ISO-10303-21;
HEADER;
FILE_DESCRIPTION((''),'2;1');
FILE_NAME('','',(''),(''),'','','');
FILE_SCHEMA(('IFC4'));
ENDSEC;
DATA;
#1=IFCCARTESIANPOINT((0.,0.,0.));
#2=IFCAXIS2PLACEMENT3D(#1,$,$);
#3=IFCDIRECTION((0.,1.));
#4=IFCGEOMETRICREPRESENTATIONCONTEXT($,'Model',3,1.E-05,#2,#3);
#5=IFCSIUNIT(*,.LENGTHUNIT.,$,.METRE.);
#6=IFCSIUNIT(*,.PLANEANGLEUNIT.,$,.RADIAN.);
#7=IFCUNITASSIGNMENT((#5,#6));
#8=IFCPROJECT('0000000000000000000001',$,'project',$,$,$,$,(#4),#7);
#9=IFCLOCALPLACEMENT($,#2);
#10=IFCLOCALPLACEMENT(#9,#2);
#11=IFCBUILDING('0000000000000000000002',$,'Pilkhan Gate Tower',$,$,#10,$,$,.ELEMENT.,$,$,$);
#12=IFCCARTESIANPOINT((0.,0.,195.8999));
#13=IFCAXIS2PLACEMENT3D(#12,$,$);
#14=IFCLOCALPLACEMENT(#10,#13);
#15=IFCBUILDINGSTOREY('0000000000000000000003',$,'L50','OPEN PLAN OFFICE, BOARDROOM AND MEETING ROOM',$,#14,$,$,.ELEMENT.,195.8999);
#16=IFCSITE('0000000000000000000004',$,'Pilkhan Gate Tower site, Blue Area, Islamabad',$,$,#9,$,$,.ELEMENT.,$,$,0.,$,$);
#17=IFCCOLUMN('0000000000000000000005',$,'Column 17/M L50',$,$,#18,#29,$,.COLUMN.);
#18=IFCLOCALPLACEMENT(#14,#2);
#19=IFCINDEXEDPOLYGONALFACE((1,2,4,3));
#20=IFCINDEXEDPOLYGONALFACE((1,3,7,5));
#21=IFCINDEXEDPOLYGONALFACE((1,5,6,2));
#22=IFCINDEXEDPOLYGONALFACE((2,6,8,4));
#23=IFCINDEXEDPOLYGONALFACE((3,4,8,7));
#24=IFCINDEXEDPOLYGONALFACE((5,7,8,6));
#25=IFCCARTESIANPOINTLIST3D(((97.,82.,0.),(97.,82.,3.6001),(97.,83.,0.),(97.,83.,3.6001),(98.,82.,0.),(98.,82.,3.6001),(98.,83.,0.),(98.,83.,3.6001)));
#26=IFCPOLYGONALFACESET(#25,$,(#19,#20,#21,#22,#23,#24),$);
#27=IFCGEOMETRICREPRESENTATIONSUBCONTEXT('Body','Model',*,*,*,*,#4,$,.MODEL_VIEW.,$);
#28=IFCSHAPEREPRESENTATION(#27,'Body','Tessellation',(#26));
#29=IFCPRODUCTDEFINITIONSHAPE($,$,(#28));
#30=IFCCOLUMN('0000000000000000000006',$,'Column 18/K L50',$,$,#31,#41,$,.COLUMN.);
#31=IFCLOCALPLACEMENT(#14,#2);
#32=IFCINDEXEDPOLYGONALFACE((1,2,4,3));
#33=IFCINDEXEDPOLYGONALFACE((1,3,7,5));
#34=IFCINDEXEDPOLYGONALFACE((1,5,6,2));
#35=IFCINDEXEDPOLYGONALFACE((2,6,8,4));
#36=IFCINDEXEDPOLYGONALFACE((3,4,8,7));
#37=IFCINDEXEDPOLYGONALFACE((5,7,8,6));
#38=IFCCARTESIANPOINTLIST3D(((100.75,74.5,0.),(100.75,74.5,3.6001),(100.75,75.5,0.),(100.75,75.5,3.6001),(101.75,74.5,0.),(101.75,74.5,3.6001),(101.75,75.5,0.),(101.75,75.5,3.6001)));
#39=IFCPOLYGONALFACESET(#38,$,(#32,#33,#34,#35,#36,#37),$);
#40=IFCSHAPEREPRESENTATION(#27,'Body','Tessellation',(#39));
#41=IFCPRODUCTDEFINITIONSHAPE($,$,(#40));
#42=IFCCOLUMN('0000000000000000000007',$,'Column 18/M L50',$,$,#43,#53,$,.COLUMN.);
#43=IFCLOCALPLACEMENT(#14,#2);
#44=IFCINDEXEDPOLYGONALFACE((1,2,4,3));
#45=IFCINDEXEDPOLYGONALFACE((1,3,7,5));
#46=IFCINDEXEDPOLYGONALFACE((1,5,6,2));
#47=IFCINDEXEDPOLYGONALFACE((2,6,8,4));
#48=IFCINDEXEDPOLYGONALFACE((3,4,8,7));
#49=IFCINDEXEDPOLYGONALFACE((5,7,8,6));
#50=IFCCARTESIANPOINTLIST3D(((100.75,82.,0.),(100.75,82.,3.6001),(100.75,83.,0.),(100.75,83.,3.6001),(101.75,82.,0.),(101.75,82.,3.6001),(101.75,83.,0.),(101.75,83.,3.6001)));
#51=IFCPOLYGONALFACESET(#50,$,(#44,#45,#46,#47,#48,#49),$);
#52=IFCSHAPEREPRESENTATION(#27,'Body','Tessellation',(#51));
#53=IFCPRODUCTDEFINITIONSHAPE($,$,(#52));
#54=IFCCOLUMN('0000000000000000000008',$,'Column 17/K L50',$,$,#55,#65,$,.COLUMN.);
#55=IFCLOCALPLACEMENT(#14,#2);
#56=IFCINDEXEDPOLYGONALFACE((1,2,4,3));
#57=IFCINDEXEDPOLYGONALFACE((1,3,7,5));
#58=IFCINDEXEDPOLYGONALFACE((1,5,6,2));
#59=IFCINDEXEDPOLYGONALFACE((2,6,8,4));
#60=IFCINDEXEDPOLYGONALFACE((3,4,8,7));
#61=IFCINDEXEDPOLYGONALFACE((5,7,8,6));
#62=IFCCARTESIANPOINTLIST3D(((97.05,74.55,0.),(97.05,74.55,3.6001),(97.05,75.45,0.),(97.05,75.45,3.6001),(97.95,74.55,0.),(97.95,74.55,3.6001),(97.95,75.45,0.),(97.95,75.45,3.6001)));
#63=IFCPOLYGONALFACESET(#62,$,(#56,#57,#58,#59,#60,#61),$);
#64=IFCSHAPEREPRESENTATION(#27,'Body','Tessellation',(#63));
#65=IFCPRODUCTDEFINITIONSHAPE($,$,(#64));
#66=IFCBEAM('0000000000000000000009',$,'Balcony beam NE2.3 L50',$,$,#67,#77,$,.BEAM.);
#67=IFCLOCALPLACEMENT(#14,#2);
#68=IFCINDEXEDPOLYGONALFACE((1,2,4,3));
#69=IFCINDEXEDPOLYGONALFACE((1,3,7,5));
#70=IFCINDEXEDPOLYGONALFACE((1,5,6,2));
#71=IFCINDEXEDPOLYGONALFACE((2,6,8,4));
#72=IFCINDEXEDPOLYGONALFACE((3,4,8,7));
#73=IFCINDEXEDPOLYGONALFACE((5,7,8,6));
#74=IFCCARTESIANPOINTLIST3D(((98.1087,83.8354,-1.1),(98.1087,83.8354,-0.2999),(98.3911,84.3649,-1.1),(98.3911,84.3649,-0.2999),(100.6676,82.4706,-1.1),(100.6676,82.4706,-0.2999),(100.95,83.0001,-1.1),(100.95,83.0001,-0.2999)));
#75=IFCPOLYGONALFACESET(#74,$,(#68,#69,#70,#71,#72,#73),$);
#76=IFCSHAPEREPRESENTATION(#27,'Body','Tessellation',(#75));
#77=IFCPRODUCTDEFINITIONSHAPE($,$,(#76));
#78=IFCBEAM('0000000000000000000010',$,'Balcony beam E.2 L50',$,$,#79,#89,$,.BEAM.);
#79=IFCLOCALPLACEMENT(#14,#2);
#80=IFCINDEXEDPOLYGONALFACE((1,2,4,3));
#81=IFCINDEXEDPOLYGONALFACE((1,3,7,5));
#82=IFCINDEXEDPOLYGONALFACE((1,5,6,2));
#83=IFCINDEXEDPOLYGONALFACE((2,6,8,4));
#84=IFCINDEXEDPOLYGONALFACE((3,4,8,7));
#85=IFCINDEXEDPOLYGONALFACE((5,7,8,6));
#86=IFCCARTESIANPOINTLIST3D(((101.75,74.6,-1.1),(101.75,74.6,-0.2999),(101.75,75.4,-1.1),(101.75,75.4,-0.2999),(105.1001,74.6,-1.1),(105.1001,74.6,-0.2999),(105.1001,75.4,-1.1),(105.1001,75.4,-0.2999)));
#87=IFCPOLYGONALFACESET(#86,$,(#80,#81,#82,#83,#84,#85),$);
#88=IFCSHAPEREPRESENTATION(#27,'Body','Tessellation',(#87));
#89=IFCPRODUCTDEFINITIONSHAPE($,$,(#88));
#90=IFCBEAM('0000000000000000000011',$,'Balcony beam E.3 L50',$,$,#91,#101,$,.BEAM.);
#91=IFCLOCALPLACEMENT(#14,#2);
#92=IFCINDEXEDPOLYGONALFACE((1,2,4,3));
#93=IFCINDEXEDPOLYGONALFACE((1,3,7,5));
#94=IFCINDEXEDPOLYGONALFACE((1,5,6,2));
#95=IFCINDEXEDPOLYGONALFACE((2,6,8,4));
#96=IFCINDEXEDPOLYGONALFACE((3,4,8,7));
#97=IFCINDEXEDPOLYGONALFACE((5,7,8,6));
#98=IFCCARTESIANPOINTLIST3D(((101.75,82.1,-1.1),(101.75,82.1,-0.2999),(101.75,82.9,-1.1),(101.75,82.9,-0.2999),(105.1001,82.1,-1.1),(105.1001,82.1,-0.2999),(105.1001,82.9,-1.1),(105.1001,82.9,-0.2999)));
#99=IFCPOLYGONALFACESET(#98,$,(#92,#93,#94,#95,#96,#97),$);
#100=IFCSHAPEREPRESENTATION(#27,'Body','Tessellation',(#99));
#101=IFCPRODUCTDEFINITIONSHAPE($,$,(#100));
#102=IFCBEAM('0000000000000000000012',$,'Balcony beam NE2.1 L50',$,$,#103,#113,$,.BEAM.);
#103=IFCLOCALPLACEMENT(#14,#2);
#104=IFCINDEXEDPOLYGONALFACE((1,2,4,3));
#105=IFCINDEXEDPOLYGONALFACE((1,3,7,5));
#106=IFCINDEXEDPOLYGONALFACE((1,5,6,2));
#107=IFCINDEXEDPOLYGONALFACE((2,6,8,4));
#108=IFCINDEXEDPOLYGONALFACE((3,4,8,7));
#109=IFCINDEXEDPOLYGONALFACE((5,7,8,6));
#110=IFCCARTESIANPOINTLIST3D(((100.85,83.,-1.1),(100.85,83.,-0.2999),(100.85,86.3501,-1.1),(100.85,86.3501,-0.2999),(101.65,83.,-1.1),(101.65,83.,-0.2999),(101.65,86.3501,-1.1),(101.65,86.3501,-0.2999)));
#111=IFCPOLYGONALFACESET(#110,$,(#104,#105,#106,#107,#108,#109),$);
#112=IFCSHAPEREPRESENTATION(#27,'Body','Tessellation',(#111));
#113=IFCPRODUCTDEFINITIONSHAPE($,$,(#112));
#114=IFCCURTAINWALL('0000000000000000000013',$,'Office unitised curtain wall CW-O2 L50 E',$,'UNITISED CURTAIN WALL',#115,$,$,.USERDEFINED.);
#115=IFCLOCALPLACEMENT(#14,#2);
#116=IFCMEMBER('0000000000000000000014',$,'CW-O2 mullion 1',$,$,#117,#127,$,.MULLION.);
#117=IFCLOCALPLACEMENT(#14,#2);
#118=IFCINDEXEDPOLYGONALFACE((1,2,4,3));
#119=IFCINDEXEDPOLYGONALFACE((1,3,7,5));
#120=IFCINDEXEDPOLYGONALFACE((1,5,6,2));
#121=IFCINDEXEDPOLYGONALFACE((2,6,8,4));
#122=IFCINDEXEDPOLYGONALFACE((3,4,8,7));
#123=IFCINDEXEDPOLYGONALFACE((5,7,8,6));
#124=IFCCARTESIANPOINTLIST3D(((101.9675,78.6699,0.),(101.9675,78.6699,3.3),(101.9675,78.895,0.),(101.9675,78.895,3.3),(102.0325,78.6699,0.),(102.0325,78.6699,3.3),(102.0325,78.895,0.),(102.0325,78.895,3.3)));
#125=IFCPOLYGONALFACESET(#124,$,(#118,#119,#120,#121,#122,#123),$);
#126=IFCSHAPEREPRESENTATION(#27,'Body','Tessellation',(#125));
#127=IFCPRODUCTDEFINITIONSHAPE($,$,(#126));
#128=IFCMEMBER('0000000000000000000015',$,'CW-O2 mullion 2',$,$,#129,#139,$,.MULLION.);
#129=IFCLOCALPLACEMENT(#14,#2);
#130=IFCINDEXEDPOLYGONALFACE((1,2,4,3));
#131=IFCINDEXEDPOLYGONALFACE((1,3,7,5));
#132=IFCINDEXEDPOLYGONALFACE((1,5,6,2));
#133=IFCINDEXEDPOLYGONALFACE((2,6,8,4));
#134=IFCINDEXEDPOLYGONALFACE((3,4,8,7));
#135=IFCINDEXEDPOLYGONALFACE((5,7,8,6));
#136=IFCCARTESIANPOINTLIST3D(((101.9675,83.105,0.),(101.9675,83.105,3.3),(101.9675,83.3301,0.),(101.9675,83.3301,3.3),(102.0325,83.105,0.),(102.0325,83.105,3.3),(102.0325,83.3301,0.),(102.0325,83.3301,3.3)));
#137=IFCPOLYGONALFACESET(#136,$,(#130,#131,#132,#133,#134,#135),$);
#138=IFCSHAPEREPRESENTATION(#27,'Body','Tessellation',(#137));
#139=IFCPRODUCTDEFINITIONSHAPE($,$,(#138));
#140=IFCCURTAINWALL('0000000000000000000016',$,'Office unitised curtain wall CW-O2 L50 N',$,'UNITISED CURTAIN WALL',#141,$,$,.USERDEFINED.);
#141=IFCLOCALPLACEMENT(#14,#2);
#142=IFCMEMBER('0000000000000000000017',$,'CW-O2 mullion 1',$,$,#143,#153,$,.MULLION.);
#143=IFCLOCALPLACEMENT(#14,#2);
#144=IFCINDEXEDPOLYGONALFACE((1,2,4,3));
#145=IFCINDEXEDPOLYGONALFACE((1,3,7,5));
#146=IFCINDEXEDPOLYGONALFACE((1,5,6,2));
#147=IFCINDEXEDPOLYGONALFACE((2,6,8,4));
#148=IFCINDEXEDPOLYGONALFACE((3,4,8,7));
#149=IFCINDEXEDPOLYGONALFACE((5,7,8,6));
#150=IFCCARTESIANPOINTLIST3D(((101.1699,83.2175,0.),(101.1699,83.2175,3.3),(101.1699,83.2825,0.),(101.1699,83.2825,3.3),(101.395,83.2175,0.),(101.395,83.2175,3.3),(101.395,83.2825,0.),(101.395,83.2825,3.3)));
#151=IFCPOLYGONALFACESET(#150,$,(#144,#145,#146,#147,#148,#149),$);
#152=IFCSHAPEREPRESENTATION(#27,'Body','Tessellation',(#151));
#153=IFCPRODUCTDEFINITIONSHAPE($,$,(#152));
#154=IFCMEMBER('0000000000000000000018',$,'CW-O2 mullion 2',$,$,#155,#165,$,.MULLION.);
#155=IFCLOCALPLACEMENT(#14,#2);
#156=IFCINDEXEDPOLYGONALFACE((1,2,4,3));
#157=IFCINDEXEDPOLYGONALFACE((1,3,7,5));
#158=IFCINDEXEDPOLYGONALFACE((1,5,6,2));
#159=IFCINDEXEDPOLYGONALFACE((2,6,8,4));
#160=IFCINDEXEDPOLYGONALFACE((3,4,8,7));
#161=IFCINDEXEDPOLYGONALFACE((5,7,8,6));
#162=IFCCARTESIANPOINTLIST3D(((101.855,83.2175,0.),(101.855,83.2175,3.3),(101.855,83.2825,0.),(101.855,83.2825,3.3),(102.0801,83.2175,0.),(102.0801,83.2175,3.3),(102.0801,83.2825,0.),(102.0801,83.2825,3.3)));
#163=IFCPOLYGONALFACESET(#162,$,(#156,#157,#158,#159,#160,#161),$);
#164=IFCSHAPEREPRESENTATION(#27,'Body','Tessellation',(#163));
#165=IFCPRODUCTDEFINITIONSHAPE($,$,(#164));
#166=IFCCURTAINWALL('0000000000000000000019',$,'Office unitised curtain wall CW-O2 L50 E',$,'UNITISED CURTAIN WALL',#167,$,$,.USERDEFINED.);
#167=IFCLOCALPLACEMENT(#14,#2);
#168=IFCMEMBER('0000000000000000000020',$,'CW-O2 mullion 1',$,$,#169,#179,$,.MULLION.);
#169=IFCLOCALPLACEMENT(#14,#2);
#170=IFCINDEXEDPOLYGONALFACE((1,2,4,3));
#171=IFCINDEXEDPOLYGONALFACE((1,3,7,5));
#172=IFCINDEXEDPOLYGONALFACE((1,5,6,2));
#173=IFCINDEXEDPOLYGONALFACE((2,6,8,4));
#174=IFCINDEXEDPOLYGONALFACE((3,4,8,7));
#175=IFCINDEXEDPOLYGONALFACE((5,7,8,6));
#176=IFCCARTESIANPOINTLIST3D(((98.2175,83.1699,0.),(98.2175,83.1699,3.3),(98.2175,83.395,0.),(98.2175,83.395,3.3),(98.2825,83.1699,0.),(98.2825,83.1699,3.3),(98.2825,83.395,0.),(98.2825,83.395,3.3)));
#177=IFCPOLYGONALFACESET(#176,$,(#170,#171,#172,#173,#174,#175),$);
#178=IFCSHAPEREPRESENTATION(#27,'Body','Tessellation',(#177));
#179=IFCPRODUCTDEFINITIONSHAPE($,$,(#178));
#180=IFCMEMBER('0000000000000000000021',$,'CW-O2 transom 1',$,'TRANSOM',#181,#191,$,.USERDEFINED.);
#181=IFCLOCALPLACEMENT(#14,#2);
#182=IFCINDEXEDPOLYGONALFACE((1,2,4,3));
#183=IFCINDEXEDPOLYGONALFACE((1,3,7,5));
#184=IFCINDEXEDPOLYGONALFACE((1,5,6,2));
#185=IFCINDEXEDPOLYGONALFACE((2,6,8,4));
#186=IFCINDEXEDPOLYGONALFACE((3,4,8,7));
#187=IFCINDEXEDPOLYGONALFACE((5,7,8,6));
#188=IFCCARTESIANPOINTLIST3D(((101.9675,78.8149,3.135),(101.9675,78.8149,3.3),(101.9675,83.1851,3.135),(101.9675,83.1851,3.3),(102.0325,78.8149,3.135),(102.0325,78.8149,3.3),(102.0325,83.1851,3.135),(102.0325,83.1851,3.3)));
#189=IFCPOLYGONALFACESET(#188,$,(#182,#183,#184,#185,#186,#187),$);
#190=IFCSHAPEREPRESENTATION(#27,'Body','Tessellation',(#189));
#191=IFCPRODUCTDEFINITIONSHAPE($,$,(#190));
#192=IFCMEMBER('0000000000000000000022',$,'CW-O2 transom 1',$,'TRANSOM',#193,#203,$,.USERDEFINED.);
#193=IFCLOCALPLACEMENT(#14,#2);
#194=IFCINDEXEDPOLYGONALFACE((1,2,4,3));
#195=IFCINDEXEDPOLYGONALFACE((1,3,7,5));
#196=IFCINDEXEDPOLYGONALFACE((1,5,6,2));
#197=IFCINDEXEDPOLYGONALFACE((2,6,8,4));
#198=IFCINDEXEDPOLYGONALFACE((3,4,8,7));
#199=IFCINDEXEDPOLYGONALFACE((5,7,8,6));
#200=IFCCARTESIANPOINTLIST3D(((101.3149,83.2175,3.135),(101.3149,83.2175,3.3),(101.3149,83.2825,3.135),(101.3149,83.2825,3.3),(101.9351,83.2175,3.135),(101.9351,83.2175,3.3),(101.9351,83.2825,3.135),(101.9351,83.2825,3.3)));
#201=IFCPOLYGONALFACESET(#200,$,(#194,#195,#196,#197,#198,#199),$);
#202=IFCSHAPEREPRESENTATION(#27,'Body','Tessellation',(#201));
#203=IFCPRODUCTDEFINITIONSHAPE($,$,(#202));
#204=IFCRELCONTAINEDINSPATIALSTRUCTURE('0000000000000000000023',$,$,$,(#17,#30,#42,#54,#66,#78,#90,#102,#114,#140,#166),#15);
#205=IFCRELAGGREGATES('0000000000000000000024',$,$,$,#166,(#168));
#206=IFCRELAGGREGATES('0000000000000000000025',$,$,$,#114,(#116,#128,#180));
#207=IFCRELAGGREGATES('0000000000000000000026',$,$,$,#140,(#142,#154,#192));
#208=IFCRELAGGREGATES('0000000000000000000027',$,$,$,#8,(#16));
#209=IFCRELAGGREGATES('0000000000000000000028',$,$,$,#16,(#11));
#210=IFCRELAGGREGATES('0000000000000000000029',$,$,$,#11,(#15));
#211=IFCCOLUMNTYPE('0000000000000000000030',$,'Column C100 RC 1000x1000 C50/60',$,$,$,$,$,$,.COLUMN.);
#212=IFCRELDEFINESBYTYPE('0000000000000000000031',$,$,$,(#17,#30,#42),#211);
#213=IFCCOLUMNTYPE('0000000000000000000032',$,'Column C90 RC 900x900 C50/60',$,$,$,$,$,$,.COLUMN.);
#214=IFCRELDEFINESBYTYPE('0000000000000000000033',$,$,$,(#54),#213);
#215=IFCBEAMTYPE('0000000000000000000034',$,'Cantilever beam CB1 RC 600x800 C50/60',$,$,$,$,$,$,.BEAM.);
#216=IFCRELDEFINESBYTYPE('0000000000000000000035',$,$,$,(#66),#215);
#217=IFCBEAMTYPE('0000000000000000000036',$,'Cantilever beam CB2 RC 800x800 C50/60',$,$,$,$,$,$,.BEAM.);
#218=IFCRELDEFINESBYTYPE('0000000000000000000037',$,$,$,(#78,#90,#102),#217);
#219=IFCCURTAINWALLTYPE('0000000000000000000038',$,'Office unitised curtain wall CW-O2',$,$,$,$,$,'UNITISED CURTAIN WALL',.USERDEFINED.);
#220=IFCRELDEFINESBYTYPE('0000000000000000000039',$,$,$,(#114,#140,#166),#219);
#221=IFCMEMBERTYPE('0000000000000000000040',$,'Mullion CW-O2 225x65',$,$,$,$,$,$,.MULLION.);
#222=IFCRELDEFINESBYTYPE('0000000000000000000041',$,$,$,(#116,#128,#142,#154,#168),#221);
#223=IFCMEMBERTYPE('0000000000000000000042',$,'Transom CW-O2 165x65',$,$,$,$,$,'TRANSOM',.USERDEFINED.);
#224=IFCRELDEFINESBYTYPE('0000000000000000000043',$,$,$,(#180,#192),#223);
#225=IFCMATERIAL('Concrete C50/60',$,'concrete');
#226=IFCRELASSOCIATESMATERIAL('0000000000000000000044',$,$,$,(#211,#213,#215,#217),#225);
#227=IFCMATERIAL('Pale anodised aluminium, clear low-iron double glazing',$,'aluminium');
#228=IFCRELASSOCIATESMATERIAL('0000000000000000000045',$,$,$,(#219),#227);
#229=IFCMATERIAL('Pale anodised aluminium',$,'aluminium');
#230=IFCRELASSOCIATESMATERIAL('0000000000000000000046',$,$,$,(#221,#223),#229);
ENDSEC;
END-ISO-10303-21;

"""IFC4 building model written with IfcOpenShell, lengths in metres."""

from ifc_helpers import new_model, si_unit, direction, frame, origin, origin_2d, place, context, subcontext, project, spatial, rectangle, extrude, material, material_profile, profile_set, type_object, element, aggregate, save


model = new_model("IFC4")

# Units and contexts
model_context = context("Model", 3, precision=1e-05, world=origin(), true_north=direction((0.0, 1.0)))
body_context = subcontext(model_context, "Body", "Model", "MODEL_VIEW")
ifc_project = project(units=[si_unit("LENGTHUNIT", "METRE"), si_unit("PLANEANGLEUNIT", "RADIAN")], contexts=[model_context])

# Site, building, storey
site_placement = place(None, origin())
site = spatial("IfcSite", under=ifc_project, at=site_placement, Name="Pilkhan Gate Tower site, Blue Area, Islamabad", CompositionType="ELEMENT", RefElevation=0.0)
building_placement = place(site_placement, origin())
building = spatial("IfcBuilding", under=site, at=building_placement, Name="Pilkhan Gate Tower", CompositionType="ELEMENT")
storey_placement = place(building_placement, frame((0.0, 0.0, 195.8999)))
storey = spatial("IfcBuildingStorey", under=building, at=storey_placement, Name="L50", Description="OPEN PLAN OFFICE, BOARDROOM AND MEETING ROOM", CompositionType="ELEMENT", Elevation=195.8999)

# Columns
ifc_material_1 = material(Name="Concrete C50/60", Category="concrete")
ifc_material_profile_1 = material_profile(ifc_material_1, rectangle(XDim=1.0, YDim=1.0, at=origin_2d()), Name="RC 1000x1000")
ifc_profile_set_1 = profile_set([ifc_material_profile_1], Name="Concrete C50/60")
column_type_1 = type_object("IfcColumnType", Name="Column C100 RC 1000x1000 C50/60", PredefinedType="COLUMN", material=ifc_profile_set_1)
for number, where, z_axis, x_axis, name in (
    (1, (97.5, 82.5, 0.0), (0.0, 0.0, 1.0), (1.0, 0.0, 0.0), "Column 17/M L50"),
    (2, (101.25, 75.0, 0.0), (0.0, 0.0, 1.0), (1.0, 0.0, 0.0), "Column 18/K L50"),
    (3, (101.25, 82.5, 0.0), (0.0, 0.0, 1.0), (1.0, 0.0, 0.0), "Column 18/M L50"),
):
    element("IfcColumn", number, at=place(storey_placement, frame(where, z_axis=z_axis, x_axis=x_axis)), inside=storey, type_object=column_type_1, Name=name, PredefinedType="COLUMN", context=body_context, shape_type="SweptSolid", body=[
        extrude(rectangle(XDim=1.0, YDim=1.0, at=origin_2d()), origin(), (0.0, 0.0, 1.0), 3.6001),
    ])
ifc_material_profile_2 = material_profile(ifc_material_1, rectangle(XDim=0.8999, YDim=0.8999, at=origin_2d()), Name="RC 900x900")
ifc_profile_set_2 = profile_set([ifc_material_profile_2], Name="Concrete C50/60")
column_type_2 = type_object("IfcColumnType", Name="Column C90 RC 900x900 C50/60", PredefinedType="COLUMN", material=ifc_profile_set_2)
column_placement = place(storey_placement, frame((97.5, 75.0, 0.0), z_axis=(0.0, 0.0, 1.0), x_axis=(1.0, 0.0, 0.0)))
element("IfcColumn", 4, at=column_placement, inside=storey, type_object=column_type_2, Name="Column 17/K L50", PredefinedType="COLUMN", context=body_context, shape_type="SweptSolid", body=[
    extrude(rectangle(XDim=0.8999, YDim=0.8999, at=origin_2d()), origin(), (0.0, 0.0, 1.0), 3.6001),
])

# Beams
ifc_material_profile_3 = material_profile(ifc_material_1, rectangle(XDim=0.6001, YDim=0.8, at=origin_2d()), Name="RC 600x800")
ifc_profile_set_3 = profile_set([ifc_material_profile_3], Name="Concrete C50/60")
beam_type_1 = type_object("IfcBeamType", Name="Cantilever beam CB1 RC 600x800 C50/60", PredefinedType="BEAM", material=ifc_profile_set_3)
beam_placement = place(storey_placement, frame((100.8088, 82.7354, -0.7), z_axis=(-0.882348, 0.470597, 0.0), x_axis=(-0.470597, -0.882348, 0.0)))
element("IfcBeam", 5, at=beam_placement, inside=storey, type_object=beam_type_1, Name="Balcony beam NE2.3 L50", PredefinedType="BEAM", context=body_context, shape_type="SweptSolid", body=[
    extrude(rectangle(XDim=0.6001, YDim=0.8, at=origin_2d()), origin(), (0.0, 0.0, 1.0), 2.9001),
])
ifc_material_profile_4 = material_profile(ifc_material_1, rectangle(XDim=0.8, YDim=0.8, at=origin_2d()), Name="RC 800x800")
ifc_profile_set_4 = profile_set([ifc_material_profile_4], Name="Concrete C50/60")
beam_type_2 = type_object("IfcBeamType", Name="Cantilever beam CB2 RC 800x800 C50/60", PredefinedType="BEAM", material=ifc_profile_set_4)
for number, where, z_axis, x_axis, name in (
    (6, (101.75, 75.0, -0.7), (1.0, 0.0, 0.0), (0.0, 1.0, 0.0), "Balcony beam E.2 L50"),
    (7, (101.75, 82.5, -0.7), (1.0, 0.0, 0.0), (0.0, 1.0, 0.0), "Balcony beam E.3 L50"),
    (8, (101.25, 83.0, -0.7), (0.0, 1.0, 0.0), (-1.0, 0.0, 0.0), "Balcony beam NE2.1 L50"),
):
    element("IfcBeam", number, at=place(storey_placement, frame(where, z_axis=z_axis, x_axis=x_axis)), inside=storey, type_object=beam_type_2, Name=name, PredefinedType="BEAM", context=body_context, shape_type="SweptSolid", body=[
        extrude(rectangle(XDim=0.8, YDim=0.8, at=origin_2d()), origin(), (0.0, 0.0, 1.0), 3.3501),
    ])

# Curtain walls, members
ifc_material_2 = material(Name="Pale anodised aluminium, clear low-iron double glazing", Category="aluminium")
curtain_wall_type = type_object("IfcCurtainWallType", Name="Office unitised curtain wall CW-O2", ElementType="UNITISED CURTAIN WALL", PredefinedType="USERDEFINED", material=ifc_material_2)
curtain_wall_1_placement = place(storey_placement, origin())
curtain_wall_1 = element("IfcCurtainWall", 9, at=curtain_wall_1_placement, inside=storey, type_object=curtain_wall_type, Name="Office unitised curtain wall CW-O2 L50 E", ObjectType="UNITISED CURTAIN WALL", PredefinedType="USERDEFINED")
ifc_material_3 = material(Name="Pale anodised aluminium", Category="aluminium")
ifc_material_profile_5 = material_profile(ifc_material_3, rectangle(XDim=0.0649, YDim=0.2251, at=origin_2d()), Name="Mullion 225x65")
ifc_profile_set_5 = profile_set([ifc_material_profile_5], Name="Pale anodised aluminium")
member_type_1 = type_object("IfcMemberType", Name="Mullion CW-O2 225x65", PredefinedType="MULLION", material=ifc_profile_set_5)
member_1_placement = place(storey_placement, frame((102.0, 78.7825, 0.0), z_axis=(0.0, 0.0, 1.0), x_axis=(-1.0, 0.0, 0.0)))
member_1 = element("IfcMember", 10, at=member_1_placement, type_object=member_type_1, Name="CW-O2 mullion 1", PredefinedType="MULLION", context=body_context, shape_type="SweptSolid", body=[
    extrude(rectangle(XDim=0.0649, YDim=0.2251, at=origin_2d()), origin(), (0.0, 0.0, 1.0), 3.3),
])
member_2_placement = place(storey_placement, frame((102.0, 83.2175, 0.0), z_axis=(0.0, 0.0, 1.0), x_axis=(-1.0, 0.0, 0.0)))
member_2 = element("IfcMember", 11, at=member_2_placement, type_object=member_type_1, Name="CW-O2 mullion 2", PredefinedType="MULLION", context=body_context, shape_type="SweptSolid", body=[
    extrude(rectangle(XDim=0.0649, YDim=0.2251, at=origin_2d()), origin(), (0.0, 0.0, 1.0), 3.3),
])
curtain_wall_2_placement = place(storey_placement, origin())
curtain_wall_2 = element("IfcCurtainWall", 12, at=curtain_wall_2_placement, inside=storey, type_object=curtain_wall_type, Name="Office unitised curtain wall CW-O2 L50 N", ObjectType="UNITISED CURTAIN WALL", PredefinedType="USERDEFINED")
member_3_placement = place(storey_placement, frame((101.2825, 83.25, 0.0), z_axis=(0.0, 0.0, 1.0), x_axis=(0.0, 1.0, 0.0)))
member_3 = element("IfcMember", 13, at=member_3_placement, type_object=member_type_1, Name="CW-O2 mullion 1", PredefinedType="MULLION", context=body_context, shape_type="SweptSolid", body=[
    extrude(rectangle(XDim=0.0649, YDim=0.2251, at=origin_2d()), origin(), (0.0, 0.0, 1.0), 3.3),
])
member_4_placement = place(storey_placement, frame((101.9675, 83.25, 0.0), z_axis=(0.0, 0.0, 1.0), x_axis=(0.0, 1.0, 0.0)))
member_4 = element("IfcMember", 14, at=member_4_placement, type_object=member_type_1, Name="CW-O2 mullion 2", PredefinedType="MULLION", context=body_context, shape_type="SweptSolid", body=[
    extrude(rectangle(XDim=0.0649, YDim=0.2251, at=origin_2d()), origin(), (0.0, 0.0, 1.0), 3.3),
])

# Curtain wall, member
curtain_wall_3_placement = place(storey_placement, origin())
curtain_wall_3 = element("IfcCurtainWall", 15, at=curtain_wall_3_placement, inside=storey, type_object=curtain_wall_type, Name="Office unitised curtain wall CW-O2 L50 E", ObjectType="UNITISED CURTAIN WALL", PredefinedType="USERDEFINED")
member_5_placement = place(storey_placement, frame((98.25, 83.2825, 0.0), z_axis=(0.0, 0.0, 1.0), x_axis=(-1.0, 0.0, 0.0)))
member_5 = element("IfcMember", 16, at=member_5_placement, type_object=member_type_1, Name="CW-O2 mullion 1", PredefinedType="MULLION", context=body_context, shape_type="SweptSolid", body=[
    extrude(rectangle(XDim=0.0649, YDim=0.2251, at=origin_2d()), origin(), (0.0, 0.0, 1.0), 3.3),
])

# Members
ifc_material_profile_6 = material_profile(ifc_material_3, rectangle(XDim=0.0649, YDim=0.165, at=origin_2d()), Name="Transom 165x65")
ifc_profile_set_6 = profile_set([ifc_material_profile_6], Name="Pale anodised aluminium")
member_type_2 = type_object("IfcMemberType", Name="Transom CW-O2 165x65", ElementType="TRANSOM", PredefinedType="USERDEFINED", material=ifc_profile_set_6)
member_6_placement = place(storey_placement, frame((102.0, 78.8149, 3.2175), z_axis=(0.0, 1.0, 0.0), x_axis=(-1.0, 0.0, 0.0)))
member_6 = element("IfcMember", 17, at=member_6_placement, type_object=member_type_2, Name="CW-O2 transom 1", ObjectType="TRANSOM", PredefinedType="USERDEFINED", context=body_context, shape_type="SweptSolid", body=[
    extrude(rectangle(XDim=0.0649, YDim=0.165, at=origin_2d()), origin(), (0.0, 0.0, 1.0), 4.3701),
])
member_7_placement = place(storey_placement, frame((101.3149, 83.25, 3.2175), z_axis=(1.0, 0.0, 0.0), x_axis=(0.0, 1.0, 0.0)))
member_7 = element("IfcMember", 18, at=member_7_placement, type_object=member_type_2, Name="CW-O2 transom 1", ObjectType="TRANSOM", PredefinedType="USERDEFINED", context=body_context, shape_type="SweptSolid", body=[
    extrude(rectangle(XDim=0.0649, YDim=0.165, at=origin_2d()), origin(), (0.0, 0.0, 1.0), 0.6201),
])
aggregate(curtain_wall_3, [member_5])

aggregate(curtain_wall_1, [member_1, member_2, member_6])
aggregate(curtain_wall_2, [member_3, member_4, member_7])

save(model, "model.ifc")
